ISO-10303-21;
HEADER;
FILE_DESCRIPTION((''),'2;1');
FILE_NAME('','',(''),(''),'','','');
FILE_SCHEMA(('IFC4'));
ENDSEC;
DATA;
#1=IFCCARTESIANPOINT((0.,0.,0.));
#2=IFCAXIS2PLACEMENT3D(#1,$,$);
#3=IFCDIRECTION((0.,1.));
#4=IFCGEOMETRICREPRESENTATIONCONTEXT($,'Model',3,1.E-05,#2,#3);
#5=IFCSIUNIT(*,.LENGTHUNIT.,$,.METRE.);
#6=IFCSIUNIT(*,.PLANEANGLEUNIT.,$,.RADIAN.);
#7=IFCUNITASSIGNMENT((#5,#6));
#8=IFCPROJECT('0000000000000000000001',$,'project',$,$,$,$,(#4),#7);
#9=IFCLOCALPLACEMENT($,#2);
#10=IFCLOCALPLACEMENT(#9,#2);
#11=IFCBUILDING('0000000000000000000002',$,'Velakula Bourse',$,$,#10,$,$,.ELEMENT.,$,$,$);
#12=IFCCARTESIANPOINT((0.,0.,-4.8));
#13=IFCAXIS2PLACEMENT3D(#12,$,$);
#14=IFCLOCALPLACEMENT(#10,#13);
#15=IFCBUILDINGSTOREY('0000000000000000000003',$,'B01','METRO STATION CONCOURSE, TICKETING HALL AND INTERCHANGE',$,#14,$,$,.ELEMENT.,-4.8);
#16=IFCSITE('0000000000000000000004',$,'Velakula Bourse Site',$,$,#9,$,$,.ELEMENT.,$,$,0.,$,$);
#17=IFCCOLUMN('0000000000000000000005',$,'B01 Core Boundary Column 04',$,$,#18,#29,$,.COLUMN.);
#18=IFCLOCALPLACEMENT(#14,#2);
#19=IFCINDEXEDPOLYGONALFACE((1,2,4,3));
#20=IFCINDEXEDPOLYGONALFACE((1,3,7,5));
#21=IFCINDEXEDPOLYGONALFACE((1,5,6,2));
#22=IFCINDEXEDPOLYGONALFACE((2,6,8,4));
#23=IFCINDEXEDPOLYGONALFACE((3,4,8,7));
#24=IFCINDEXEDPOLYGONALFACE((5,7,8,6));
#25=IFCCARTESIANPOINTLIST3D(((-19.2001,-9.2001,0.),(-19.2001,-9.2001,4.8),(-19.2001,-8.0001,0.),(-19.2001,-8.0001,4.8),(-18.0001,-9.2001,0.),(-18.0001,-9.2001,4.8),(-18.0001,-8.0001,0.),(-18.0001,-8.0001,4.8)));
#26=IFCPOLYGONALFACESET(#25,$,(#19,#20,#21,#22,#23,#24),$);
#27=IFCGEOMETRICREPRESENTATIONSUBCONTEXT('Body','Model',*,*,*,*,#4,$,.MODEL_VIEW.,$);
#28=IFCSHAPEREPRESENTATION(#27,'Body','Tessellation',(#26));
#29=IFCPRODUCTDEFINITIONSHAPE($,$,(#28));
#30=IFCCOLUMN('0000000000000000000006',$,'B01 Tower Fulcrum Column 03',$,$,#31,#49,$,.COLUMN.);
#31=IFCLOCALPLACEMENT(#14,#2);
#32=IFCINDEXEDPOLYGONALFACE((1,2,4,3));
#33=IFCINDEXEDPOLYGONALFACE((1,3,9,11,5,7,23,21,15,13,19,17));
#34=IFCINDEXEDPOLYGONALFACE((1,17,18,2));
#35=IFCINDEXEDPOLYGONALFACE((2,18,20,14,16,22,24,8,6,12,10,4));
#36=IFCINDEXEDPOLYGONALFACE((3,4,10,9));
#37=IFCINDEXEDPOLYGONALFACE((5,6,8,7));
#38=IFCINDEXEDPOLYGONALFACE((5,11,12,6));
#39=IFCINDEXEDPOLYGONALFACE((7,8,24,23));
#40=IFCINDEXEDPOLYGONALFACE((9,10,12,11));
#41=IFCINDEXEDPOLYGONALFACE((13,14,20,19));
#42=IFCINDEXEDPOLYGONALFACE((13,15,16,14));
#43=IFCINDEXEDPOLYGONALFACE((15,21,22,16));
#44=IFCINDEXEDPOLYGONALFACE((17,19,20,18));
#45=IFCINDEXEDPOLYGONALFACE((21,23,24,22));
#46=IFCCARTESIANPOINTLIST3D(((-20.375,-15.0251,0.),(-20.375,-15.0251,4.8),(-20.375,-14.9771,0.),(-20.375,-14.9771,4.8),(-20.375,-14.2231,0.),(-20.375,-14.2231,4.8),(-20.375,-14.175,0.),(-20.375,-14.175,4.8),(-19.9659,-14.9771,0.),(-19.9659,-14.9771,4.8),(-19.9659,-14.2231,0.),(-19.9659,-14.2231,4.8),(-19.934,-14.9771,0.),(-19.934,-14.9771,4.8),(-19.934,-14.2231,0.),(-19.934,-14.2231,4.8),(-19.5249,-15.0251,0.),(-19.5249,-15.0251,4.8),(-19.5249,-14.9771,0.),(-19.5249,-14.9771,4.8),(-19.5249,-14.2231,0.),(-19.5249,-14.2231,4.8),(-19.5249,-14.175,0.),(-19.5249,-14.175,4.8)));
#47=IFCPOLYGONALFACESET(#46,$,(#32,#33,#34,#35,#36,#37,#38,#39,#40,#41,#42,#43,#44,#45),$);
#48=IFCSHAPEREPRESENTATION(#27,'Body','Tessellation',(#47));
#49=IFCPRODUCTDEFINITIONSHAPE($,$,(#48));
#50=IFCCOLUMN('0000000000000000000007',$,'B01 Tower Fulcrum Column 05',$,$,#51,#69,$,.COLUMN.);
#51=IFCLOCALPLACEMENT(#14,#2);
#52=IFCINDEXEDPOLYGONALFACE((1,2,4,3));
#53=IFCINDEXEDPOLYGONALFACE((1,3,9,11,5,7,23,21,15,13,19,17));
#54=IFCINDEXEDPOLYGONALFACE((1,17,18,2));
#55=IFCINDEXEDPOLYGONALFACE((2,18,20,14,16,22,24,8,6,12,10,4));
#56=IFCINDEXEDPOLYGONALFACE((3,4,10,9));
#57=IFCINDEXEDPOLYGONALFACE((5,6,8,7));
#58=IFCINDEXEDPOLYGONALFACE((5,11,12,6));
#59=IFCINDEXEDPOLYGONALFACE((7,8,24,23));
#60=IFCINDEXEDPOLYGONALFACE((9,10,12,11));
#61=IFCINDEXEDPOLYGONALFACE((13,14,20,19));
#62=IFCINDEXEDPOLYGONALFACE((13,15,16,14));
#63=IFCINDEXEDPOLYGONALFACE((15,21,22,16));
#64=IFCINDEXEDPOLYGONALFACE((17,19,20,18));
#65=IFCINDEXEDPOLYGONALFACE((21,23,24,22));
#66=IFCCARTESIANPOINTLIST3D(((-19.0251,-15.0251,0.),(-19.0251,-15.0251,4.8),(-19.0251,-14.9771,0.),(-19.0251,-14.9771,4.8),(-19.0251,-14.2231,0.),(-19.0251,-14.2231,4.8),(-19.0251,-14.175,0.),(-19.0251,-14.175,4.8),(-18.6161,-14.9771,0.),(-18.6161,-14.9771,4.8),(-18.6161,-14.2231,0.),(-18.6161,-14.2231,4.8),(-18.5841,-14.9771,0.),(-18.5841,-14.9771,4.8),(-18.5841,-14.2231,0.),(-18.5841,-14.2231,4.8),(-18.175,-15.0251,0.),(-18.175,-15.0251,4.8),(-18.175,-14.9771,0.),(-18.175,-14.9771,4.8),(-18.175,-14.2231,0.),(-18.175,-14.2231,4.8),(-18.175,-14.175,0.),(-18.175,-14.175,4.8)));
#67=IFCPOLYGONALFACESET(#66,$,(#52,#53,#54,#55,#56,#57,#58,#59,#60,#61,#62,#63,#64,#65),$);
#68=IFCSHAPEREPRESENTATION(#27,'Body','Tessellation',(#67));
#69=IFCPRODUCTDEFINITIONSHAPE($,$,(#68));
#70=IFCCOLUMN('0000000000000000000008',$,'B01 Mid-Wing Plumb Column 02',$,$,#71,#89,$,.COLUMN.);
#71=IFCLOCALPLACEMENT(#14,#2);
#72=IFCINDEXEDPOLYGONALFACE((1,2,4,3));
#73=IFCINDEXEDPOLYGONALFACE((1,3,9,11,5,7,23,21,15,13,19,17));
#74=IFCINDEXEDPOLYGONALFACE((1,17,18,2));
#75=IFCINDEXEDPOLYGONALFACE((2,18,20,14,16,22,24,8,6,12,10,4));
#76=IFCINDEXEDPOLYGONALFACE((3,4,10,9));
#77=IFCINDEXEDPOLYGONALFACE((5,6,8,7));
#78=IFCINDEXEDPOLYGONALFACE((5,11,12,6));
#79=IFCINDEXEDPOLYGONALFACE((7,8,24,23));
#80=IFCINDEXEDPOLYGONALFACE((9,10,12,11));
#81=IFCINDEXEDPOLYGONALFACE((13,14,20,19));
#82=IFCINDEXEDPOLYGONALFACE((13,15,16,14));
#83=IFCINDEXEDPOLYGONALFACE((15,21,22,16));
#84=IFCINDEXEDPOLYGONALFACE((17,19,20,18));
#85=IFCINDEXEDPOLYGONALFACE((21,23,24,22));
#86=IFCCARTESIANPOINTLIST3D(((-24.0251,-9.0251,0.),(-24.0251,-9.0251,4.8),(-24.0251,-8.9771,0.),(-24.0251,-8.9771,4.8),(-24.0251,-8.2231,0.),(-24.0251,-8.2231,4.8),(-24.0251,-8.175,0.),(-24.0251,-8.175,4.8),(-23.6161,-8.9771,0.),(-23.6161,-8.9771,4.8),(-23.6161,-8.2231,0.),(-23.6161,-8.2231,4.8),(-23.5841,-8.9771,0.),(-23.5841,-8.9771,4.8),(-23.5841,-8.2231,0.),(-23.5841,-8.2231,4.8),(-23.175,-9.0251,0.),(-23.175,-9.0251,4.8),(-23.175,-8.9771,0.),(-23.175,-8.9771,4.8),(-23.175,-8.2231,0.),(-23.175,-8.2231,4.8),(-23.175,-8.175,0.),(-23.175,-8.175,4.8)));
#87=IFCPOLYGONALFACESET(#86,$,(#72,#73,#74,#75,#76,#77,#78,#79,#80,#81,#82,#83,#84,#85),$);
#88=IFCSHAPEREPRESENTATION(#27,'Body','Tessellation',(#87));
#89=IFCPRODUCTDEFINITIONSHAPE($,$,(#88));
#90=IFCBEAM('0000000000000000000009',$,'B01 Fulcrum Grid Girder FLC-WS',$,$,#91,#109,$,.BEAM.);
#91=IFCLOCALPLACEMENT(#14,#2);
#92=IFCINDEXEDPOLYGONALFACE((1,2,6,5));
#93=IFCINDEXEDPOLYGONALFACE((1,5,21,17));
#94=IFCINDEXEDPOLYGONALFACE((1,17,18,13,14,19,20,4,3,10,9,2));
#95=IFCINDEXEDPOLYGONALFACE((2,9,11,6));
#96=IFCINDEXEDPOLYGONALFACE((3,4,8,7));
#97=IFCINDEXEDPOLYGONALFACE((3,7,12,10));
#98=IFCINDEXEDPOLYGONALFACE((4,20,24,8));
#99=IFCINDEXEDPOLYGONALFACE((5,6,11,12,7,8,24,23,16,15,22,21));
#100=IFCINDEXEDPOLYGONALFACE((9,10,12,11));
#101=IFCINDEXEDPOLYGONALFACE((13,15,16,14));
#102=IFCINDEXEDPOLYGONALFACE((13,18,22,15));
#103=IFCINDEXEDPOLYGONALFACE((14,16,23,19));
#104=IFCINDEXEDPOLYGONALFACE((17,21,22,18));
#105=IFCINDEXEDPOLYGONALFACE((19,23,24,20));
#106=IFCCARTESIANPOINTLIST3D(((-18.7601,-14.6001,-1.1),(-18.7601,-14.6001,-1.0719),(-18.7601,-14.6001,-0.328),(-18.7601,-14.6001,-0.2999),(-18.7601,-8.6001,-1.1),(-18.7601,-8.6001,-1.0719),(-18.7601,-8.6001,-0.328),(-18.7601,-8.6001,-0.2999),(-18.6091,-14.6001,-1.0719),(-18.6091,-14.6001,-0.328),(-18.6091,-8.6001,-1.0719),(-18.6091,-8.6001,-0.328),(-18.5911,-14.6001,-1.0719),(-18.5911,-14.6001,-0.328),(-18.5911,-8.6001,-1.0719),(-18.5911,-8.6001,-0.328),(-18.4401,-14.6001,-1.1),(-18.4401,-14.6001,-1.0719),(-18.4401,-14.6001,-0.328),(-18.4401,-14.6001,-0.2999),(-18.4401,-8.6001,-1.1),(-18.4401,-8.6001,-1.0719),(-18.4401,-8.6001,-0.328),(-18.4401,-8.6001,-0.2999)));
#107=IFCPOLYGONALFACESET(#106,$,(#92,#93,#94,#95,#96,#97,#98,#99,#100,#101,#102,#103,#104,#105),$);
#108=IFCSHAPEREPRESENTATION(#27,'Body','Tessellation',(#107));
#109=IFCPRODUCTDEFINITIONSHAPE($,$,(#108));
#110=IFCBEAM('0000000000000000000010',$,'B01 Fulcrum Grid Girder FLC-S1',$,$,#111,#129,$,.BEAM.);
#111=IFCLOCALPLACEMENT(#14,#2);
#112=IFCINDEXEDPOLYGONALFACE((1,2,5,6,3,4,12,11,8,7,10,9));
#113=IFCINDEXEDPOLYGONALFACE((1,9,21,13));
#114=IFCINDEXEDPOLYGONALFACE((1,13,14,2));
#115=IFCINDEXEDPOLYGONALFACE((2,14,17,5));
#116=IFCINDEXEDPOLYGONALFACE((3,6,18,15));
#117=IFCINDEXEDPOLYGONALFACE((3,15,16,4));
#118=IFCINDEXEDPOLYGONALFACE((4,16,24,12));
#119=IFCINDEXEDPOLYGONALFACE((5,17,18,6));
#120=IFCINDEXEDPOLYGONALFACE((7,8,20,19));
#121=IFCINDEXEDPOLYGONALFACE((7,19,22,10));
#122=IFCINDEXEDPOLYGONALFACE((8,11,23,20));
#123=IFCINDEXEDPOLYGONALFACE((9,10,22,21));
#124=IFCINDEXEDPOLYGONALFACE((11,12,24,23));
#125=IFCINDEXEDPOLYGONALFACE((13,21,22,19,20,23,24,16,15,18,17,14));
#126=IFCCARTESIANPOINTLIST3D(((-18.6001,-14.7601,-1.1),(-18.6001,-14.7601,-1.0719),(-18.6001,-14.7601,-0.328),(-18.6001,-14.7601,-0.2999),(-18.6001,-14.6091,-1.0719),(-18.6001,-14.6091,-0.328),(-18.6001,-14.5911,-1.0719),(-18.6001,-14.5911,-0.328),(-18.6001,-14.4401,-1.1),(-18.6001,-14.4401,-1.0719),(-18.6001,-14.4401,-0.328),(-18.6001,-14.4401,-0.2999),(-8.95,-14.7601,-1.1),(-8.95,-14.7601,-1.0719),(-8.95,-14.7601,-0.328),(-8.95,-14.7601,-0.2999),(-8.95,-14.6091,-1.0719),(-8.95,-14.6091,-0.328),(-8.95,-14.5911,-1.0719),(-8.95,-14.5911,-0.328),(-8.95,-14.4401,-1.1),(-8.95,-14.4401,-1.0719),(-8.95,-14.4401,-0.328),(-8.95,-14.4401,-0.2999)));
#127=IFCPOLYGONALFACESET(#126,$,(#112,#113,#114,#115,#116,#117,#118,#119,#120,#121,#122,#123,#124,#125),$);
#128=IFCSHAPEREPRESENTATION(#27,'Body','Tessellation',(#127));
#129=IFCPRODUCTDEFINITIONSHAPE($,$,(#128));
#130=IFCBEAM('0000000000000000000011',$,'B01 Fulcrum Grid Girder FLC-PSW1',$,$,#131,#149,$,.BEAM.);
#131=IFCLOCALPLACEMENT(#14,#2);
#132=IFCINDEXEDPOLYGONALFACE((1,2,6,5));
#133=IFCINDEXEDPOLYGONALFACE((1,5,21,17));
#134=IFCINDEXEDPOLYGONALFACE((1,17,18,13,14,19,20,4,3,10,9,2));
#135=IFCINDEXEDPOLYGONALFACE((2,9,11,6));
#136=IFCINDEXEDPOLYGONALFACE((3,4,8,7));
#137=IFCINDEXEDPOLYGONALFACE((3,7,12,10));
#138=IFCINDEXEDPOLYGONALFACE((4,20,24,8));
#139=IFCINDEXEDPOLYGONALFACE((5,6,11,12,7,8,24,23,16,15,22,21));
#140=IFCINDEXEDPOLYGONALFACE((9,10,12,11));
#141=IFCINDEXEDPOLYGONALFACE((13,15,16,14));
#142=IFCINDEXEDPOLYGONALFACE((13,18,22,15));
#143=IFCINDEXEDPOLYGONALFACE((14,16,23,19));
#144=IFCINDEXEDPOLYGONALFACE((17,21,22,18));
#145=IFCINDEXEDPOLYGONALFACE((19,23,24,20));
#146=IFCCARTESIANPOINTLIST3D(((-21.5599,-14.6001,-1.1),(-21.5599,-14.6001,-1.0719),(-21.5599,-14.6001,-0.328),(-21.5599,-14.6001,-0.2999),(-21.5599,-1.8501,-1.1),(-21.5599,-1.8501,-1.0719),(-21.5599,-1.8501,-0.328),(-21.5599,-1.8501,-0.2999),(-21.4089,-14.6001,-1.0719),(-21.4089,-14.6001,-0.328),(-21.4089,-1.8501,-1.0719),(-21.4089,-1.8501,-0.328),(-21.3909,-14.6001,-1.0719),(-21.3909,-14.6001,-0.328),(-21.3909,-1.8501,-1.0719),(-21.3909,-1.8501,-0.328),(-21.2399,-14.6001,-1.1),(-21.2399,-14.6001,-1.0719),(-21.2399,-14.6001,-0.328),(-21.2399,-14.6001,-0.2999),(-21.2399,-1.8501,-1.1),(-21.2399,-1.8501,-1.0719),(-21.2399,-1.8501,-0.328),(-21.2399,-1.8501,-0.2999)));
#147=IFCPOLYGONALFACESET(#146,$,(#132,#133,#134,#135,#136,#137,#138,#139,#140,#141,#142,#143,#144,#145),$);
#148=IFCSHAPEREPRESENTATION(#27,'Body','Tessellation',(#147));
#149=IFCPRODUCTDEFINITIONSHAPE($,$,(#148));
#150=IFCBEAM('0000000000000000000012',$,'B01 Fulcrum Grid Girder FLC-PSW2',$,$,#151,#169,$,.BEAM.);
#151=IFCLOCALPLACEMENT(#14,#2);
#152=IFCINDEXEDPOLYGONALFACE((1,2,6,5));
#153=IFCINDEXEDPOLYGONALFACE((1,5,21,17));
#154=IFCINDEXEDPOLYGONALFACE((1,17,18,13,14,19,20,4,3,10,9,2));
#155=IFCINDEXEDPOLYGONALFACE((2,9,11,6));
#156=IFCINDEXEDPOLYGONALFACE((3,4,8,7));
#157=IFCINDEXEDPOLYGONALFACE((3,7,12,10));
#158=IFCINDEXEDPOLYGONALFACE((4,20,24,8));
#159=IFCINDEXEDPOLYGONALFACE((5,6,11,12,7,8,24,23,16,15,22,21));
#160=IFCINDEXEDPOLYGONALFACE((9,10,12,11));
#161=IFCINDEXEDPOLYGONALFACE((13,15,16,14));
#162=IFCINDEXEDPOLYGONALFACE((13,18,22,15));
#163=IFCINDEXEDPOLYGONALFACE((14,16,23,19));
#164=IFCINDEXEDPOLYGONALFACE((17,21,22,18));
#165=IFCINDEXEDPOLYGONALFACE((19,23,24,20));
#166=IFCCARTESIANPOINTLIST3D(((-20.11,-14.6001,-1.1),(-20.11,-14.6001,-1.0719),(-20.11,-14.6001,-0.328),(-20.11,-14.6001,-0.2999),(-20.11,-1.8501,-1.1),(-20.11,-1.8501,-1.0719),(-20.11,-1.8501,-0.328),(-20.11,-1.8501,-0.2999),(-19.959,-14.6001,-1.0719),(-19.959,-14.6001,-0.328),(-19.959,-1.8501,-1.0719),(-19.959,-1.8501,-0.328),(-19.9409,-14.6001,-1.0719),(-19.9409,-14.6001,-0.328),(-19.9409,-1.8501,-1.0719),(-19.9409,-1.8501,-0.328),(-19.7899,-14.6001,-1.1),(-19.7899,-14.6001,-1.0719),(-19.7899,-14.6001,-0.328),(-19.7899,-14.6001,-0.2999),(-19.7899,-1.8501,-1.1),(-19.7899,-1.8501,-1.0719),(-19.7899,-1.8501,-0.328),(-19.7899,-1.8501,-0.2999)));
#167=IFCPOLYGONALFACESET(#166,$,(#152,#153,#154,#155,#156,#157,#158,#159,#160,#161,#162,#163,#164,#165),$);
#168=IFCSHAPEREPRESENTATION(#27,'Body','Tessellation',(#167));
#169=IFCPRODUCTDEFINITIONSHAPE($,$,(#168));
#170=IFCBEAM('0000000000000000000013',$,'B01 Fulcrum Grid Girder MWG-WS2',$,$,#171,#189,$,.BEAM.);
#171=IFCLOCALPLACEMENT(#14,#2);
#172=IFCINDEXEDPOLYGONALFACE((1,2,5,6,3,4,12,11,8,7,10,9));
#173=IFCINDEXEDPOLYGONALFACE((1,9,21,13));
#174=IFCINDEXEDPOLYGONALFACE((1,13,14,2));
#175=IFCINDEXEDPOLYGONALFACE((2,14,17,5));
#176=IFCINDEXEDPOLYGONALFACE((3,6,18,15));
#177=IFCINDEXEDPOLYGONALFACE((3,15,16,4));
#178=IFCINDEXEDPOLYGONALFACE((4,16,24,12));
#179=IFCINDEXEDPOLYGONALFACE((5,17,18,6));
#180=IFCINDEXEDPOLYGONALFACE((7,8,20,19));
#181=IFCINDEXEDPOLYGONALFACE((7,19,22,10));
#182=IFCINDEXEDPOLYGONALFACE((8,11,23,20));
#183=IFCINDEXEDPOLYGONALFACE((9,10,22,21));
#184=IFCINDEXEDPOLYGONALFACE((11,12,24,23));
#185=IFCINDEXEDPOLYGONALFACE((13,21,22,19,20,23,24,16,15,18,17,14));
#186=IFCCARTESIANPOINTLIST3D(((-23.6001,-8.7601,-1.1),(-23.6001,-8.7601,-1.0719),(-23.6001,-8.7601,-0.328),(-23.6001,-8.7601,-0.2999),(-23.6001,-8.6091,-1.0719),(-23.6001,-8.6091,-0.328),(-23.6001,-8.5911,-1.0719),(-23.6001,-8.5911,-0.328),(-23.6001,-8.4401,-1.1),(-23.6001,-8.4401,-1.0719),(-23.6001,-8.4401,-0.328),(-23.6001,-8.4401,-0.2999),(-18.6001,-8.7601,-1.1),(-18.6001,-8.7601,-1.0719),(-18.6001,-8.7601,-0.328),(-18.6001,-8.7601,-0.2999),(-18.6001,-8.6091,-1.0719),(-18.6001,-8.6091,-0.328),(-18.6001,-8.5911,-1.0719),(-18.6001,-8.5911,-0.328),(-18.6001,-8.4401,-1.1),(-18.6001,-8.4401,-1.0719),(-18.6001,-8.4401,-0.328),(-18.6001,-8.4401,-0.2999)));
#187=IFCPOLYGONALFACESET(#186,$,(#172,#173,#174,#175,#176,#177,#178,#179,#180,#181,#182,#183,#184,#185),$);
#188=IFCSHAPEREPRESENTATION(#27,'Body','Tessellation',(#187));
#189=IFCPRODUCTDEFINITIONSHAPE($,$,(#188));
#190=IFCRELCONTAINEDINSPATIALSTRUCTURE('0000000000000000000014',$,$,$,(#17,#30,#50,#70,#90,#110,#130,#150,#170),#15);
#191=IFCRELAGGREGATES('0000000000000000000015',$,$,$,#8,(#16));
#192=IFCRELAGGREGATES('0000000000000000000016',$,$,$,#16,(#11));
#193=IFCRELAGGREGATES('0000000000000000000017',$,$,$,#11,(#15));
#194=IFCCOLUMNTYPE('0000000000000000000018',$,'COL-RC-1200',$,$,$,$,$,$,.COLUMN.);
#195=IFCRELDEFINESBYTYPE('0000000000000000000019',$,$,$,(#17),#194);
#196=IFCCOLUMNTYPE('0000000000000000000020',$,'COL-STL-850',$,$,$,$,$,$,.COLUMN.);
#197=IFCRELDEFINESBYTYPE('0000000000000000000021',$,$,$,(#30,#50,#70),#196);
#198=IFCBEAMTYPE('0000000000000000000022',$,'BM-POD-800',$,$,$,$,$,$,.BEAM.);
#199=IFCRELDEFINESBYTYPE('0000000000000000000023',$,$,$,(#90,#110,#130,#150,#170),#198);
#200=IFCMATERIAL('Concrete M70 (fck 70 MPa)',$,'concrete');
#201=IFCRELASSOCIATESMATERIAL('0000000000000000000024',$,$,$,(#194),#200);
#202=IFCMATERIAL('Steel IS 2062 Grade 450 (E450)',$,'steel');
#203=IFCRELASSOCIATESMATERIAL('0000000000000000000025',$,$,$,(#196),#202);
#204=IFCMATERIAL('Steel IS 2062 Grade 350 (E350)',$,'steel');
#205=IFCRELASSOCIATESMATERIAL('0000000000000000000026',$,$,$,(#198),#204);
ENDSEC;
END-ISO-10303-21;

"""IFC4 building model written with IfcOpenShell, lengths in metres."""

from ifc_helpers import new_model, si_unit, direction, frame, origin, origin_2d, place, context, subcontext, project, spatial, rectangle, i_section, extrude, material, material_profile, profile_set, type_object, element, save


model = new_model("IFC4")

# Units and contexts
model_context = context("Model", 3, precision=1e-05, world=origin(), true_north=direction((0.0, 1.0)))
body_context = subcontext(model_context, "Body", "Model", "MODEL_VIEW")
ifc_project = project(units=[si_unit("LENGTHUNIT", "METRE"), si_unit("PLANEANGLEUNIT", "RADIAN")], contexts=[model_context])

# Site, building, storey
site_placement = place(None, origin())
site = spatial("IfcSite", under=ifc_project, at=site_placement, Name="Velakula Bourse Site", CompositionType="ELEMENT", RefElevation=0.0)
building_placement = place(site_placement, origin())
building = spatial("IfcBuilding", under=site, at=building_placement, Name="Velakula Bourse", CompositionType="ELEMENT")
storey_placement = place(building_placement, frame((0.0, 0.0, -4.8)))
storey = spatial("IfcBuildingStorey", under=building, at=storey_placement, Name="B01", Description="METRO STATION CONCOURSE, TICKETING HALL AND INTERCHANGE", CompositionType="ELEMENT", Elevation=-4.8)

# Columns
ifc_material_1 = material(Name="Concrete M70 (fck 70 MPa)", Category="concrete")
ifc_material_profile_1 = material_profile(ifc_material_1, rectangle(XDim=1.2, YDim=1.2, at=origin_2d()), Name="Concrete M70 (fck 70 MPa)")
ifc_profile_set_1 = profile_set([ifc_material_profile_1], Name="Concrete M70 (fck 70 MPa)")
column_type_1 = type_object("IfcColumnType", Name="COL-RC-1200", PredefinedType="COLUMN", material=ifc_profile_set_1)
column_placement = place(storey_placement, frame((-18.6001, -8.6001, 0.0), z_axis=(0.0, 0.0, 1.0), x_axis=(1.0, 0.0, 0.0)))
element("IfcColumn", 1, at=column_placement, inside=storey, type_object=column_type_1, Name="B01 Core Boundary Column 04", PredefinedType="COLUMN", context=body_context, shape_type="SweptSolid", body=[
    extrude(rectangle(XDim=1.2, YDim=1.2, at=origin_2d()), origin(), (0.0, 0.0, 1.0), 4.8),
])
ifc_material_2 = material(Name="Steel IS 2062 Grade 450 (E450)", Category="steel")
ifc_material_profile_2 = material_profile(ifc_material_2, i_section(OverallWidth=0.8501, OverallDepth=0.8501, WebThickness=0.032, FlangeThickness=0.0481, at=origin_2d()), Name="Steel IS 2062 Grade 450 (E450)")
ifc_profile_set_2 = profile_set([ifc_material_profile_2], Name="Steel IS 2062 Grade 450 (E450)")
column_type_2 = type_object("IfcColumnType", Name="COL-STL-850", PredefinedType="COLUMN", material=ifc_profile_set_2)
for number, where, z_axis, x_axis, name in (
    (2, (-19.95, -14.6001, 0.0), (0.0, 0.0, 1.0), (1.0, 0.0, 0.0), "B01 Tower Fulcrum Column 03"),
    (3, (-18.6001, -14.6001, 0.0), (0.0, 0.0, 1.0), (1.0, 0.0, 0.0), "B01 Tower Fulcrum Column 05"),
    (4, (-23.6001, -8.6001, 0.0), (0.0, 0.0, 1.0), (1.0, 0.0, 0.0), "B01 Mid-Wing Plumb Column 02"),
):
    element("IfcColumn", number, at=place(storey_placement, frame(where, z_axis=z_axis, x_axis=x_axis)), inside=storey, type_object=column_type_2, Name=name, PredefinedType="COLUMN", context=body_context, shape_type="SweptSolid", body=[
        extrude(i_section(OverallWidth=0.8501, OverallDepth=0.8501, WebThickness=0.032, FlangeThickness=0.0481, at=origin_2d()), origin(), (0.0, 0.0, 1.0), 4.8),
    ])

# Beams
ifc_material_3 = material(Name="Steel IS 2062 Grade 350 (E350)", Category="steel")
ifc_material_profile_3 = material_profile(ifc_material_3, i_section(OverallWidth=0.3201, OverallDepth=0.8, WebThickness=0.0181, FlangeThickness=0.0281, at=origin_2d()), Name="Steel IS 2062 Grade 350 (E350)")
ifc_profile_set_3 = profile_set([ifc_material_profile_3], Name="Steel IS 2062 Grade 350 (E350)")
beam_type = type_object("IfcBeamType", Name="BM-POD-800", PredefinedType="BEAM", material=ifc_profile_set_3)
beam_1_placement = place(storey_placement, frame((-18.6001, -14.6001, -0.7), z_axis=(0.0, 1.0, 0.0), x_axis=(-1.0, 0.0, 0.0)))
element("IfcBeam", 5, at=beam_1_placement, inside=storey, type_object=beam_type, Name="B01 Fulcrum Grid Girder FLC-WS", PredefinedType="BEAM", context=body_context, shape_type="SweptSolid", body=[
    extrude(i_section(OverallWidth=0.3201, OverallDepth=0.8, WebThickness=0.0181, FlangeThickness=0.0281, at=origin_2d()), origin(), (0.0, 0.0, 1.0), 6.0),
])
beam_2_placement = place(storey_placement, frame((-18.6001, -14.6001, -0.7), z_axis=(1.0, 0.0, 0.0), x_axis=(0.0, 1.0, 0.0)))
element("IfcBeam", 6, at=beam_2_placement, inside=storey, type_object=beam_type, Name="B01 Fulcrum Grid Girder FLC-S1", PredefinedType="BEAM", context=body_context, shape_type="SweptSolid", body=[
    extrude(i_section(OverallWidth=0.3201, OverallDepth=0.8, WebThickness=0.0181, FlangeThickness=0.0281, at=origin_2d()), origin(), (0.0, 0.0, 1.0), 9.6501),
])
for number, where, z_axis, x_axis, name in (
    (7, (-21.3999, -14.6001, -0.7), (0.0, 1.0, 0.0), (-1.0, 0.0, 0.0), "B01 Fulcrum Grid Girder FLC-PSW1"),
    (8, (-19.95, -14.6001, -0.7), (0.0, 1.0, 0.0), (-1.0, 0.0, 0.0), "B01 Fulcrum Grid Girder FLC-PSW2"),
):
    element("IfcBeam", number, at=place(storey_placement, frame(where, z_axis=z_axis, x_axis=x_axis)), inside=storey, type_object=beam_type, Name=name, PredefinedType="BEAM", context=body_context, shape_type="SweptSolid", body=[
        extrude(i_section(OverallWidth=0.3201, OverallDepth=0.8, WebThickness=0.0181, FlangeThickness=0.0281, at=origin_2d()), origin(), (0.0, 0.0, 1.0), 12.75),
    ])
beam_3_placement = place(storey_placement, frame((-23.6001, -8.6001, -0.7), z_axis=(1.0, 0.0, 0.0), x_axis=(0.0, 1.0, 0.0)))
element("IfcBeam", 9, at=beam_3_placement, inside=storey, type_object=beam_type, Name="B01 Fulcrum Grid Girder MWG-WS2", PredefinedType="BEAM", context=body_context, shape_type="SweptSolid", body=[
    extrude(i_section(OverallWidth=0.3201, OverallDepth=0.8, WebThickness=0.0181, FlangeThickness=0.0281, at=origin_2d()), origin(), (0.0, 0.0, 1.0), 5.0),
])

save(model, "model.ifc")
